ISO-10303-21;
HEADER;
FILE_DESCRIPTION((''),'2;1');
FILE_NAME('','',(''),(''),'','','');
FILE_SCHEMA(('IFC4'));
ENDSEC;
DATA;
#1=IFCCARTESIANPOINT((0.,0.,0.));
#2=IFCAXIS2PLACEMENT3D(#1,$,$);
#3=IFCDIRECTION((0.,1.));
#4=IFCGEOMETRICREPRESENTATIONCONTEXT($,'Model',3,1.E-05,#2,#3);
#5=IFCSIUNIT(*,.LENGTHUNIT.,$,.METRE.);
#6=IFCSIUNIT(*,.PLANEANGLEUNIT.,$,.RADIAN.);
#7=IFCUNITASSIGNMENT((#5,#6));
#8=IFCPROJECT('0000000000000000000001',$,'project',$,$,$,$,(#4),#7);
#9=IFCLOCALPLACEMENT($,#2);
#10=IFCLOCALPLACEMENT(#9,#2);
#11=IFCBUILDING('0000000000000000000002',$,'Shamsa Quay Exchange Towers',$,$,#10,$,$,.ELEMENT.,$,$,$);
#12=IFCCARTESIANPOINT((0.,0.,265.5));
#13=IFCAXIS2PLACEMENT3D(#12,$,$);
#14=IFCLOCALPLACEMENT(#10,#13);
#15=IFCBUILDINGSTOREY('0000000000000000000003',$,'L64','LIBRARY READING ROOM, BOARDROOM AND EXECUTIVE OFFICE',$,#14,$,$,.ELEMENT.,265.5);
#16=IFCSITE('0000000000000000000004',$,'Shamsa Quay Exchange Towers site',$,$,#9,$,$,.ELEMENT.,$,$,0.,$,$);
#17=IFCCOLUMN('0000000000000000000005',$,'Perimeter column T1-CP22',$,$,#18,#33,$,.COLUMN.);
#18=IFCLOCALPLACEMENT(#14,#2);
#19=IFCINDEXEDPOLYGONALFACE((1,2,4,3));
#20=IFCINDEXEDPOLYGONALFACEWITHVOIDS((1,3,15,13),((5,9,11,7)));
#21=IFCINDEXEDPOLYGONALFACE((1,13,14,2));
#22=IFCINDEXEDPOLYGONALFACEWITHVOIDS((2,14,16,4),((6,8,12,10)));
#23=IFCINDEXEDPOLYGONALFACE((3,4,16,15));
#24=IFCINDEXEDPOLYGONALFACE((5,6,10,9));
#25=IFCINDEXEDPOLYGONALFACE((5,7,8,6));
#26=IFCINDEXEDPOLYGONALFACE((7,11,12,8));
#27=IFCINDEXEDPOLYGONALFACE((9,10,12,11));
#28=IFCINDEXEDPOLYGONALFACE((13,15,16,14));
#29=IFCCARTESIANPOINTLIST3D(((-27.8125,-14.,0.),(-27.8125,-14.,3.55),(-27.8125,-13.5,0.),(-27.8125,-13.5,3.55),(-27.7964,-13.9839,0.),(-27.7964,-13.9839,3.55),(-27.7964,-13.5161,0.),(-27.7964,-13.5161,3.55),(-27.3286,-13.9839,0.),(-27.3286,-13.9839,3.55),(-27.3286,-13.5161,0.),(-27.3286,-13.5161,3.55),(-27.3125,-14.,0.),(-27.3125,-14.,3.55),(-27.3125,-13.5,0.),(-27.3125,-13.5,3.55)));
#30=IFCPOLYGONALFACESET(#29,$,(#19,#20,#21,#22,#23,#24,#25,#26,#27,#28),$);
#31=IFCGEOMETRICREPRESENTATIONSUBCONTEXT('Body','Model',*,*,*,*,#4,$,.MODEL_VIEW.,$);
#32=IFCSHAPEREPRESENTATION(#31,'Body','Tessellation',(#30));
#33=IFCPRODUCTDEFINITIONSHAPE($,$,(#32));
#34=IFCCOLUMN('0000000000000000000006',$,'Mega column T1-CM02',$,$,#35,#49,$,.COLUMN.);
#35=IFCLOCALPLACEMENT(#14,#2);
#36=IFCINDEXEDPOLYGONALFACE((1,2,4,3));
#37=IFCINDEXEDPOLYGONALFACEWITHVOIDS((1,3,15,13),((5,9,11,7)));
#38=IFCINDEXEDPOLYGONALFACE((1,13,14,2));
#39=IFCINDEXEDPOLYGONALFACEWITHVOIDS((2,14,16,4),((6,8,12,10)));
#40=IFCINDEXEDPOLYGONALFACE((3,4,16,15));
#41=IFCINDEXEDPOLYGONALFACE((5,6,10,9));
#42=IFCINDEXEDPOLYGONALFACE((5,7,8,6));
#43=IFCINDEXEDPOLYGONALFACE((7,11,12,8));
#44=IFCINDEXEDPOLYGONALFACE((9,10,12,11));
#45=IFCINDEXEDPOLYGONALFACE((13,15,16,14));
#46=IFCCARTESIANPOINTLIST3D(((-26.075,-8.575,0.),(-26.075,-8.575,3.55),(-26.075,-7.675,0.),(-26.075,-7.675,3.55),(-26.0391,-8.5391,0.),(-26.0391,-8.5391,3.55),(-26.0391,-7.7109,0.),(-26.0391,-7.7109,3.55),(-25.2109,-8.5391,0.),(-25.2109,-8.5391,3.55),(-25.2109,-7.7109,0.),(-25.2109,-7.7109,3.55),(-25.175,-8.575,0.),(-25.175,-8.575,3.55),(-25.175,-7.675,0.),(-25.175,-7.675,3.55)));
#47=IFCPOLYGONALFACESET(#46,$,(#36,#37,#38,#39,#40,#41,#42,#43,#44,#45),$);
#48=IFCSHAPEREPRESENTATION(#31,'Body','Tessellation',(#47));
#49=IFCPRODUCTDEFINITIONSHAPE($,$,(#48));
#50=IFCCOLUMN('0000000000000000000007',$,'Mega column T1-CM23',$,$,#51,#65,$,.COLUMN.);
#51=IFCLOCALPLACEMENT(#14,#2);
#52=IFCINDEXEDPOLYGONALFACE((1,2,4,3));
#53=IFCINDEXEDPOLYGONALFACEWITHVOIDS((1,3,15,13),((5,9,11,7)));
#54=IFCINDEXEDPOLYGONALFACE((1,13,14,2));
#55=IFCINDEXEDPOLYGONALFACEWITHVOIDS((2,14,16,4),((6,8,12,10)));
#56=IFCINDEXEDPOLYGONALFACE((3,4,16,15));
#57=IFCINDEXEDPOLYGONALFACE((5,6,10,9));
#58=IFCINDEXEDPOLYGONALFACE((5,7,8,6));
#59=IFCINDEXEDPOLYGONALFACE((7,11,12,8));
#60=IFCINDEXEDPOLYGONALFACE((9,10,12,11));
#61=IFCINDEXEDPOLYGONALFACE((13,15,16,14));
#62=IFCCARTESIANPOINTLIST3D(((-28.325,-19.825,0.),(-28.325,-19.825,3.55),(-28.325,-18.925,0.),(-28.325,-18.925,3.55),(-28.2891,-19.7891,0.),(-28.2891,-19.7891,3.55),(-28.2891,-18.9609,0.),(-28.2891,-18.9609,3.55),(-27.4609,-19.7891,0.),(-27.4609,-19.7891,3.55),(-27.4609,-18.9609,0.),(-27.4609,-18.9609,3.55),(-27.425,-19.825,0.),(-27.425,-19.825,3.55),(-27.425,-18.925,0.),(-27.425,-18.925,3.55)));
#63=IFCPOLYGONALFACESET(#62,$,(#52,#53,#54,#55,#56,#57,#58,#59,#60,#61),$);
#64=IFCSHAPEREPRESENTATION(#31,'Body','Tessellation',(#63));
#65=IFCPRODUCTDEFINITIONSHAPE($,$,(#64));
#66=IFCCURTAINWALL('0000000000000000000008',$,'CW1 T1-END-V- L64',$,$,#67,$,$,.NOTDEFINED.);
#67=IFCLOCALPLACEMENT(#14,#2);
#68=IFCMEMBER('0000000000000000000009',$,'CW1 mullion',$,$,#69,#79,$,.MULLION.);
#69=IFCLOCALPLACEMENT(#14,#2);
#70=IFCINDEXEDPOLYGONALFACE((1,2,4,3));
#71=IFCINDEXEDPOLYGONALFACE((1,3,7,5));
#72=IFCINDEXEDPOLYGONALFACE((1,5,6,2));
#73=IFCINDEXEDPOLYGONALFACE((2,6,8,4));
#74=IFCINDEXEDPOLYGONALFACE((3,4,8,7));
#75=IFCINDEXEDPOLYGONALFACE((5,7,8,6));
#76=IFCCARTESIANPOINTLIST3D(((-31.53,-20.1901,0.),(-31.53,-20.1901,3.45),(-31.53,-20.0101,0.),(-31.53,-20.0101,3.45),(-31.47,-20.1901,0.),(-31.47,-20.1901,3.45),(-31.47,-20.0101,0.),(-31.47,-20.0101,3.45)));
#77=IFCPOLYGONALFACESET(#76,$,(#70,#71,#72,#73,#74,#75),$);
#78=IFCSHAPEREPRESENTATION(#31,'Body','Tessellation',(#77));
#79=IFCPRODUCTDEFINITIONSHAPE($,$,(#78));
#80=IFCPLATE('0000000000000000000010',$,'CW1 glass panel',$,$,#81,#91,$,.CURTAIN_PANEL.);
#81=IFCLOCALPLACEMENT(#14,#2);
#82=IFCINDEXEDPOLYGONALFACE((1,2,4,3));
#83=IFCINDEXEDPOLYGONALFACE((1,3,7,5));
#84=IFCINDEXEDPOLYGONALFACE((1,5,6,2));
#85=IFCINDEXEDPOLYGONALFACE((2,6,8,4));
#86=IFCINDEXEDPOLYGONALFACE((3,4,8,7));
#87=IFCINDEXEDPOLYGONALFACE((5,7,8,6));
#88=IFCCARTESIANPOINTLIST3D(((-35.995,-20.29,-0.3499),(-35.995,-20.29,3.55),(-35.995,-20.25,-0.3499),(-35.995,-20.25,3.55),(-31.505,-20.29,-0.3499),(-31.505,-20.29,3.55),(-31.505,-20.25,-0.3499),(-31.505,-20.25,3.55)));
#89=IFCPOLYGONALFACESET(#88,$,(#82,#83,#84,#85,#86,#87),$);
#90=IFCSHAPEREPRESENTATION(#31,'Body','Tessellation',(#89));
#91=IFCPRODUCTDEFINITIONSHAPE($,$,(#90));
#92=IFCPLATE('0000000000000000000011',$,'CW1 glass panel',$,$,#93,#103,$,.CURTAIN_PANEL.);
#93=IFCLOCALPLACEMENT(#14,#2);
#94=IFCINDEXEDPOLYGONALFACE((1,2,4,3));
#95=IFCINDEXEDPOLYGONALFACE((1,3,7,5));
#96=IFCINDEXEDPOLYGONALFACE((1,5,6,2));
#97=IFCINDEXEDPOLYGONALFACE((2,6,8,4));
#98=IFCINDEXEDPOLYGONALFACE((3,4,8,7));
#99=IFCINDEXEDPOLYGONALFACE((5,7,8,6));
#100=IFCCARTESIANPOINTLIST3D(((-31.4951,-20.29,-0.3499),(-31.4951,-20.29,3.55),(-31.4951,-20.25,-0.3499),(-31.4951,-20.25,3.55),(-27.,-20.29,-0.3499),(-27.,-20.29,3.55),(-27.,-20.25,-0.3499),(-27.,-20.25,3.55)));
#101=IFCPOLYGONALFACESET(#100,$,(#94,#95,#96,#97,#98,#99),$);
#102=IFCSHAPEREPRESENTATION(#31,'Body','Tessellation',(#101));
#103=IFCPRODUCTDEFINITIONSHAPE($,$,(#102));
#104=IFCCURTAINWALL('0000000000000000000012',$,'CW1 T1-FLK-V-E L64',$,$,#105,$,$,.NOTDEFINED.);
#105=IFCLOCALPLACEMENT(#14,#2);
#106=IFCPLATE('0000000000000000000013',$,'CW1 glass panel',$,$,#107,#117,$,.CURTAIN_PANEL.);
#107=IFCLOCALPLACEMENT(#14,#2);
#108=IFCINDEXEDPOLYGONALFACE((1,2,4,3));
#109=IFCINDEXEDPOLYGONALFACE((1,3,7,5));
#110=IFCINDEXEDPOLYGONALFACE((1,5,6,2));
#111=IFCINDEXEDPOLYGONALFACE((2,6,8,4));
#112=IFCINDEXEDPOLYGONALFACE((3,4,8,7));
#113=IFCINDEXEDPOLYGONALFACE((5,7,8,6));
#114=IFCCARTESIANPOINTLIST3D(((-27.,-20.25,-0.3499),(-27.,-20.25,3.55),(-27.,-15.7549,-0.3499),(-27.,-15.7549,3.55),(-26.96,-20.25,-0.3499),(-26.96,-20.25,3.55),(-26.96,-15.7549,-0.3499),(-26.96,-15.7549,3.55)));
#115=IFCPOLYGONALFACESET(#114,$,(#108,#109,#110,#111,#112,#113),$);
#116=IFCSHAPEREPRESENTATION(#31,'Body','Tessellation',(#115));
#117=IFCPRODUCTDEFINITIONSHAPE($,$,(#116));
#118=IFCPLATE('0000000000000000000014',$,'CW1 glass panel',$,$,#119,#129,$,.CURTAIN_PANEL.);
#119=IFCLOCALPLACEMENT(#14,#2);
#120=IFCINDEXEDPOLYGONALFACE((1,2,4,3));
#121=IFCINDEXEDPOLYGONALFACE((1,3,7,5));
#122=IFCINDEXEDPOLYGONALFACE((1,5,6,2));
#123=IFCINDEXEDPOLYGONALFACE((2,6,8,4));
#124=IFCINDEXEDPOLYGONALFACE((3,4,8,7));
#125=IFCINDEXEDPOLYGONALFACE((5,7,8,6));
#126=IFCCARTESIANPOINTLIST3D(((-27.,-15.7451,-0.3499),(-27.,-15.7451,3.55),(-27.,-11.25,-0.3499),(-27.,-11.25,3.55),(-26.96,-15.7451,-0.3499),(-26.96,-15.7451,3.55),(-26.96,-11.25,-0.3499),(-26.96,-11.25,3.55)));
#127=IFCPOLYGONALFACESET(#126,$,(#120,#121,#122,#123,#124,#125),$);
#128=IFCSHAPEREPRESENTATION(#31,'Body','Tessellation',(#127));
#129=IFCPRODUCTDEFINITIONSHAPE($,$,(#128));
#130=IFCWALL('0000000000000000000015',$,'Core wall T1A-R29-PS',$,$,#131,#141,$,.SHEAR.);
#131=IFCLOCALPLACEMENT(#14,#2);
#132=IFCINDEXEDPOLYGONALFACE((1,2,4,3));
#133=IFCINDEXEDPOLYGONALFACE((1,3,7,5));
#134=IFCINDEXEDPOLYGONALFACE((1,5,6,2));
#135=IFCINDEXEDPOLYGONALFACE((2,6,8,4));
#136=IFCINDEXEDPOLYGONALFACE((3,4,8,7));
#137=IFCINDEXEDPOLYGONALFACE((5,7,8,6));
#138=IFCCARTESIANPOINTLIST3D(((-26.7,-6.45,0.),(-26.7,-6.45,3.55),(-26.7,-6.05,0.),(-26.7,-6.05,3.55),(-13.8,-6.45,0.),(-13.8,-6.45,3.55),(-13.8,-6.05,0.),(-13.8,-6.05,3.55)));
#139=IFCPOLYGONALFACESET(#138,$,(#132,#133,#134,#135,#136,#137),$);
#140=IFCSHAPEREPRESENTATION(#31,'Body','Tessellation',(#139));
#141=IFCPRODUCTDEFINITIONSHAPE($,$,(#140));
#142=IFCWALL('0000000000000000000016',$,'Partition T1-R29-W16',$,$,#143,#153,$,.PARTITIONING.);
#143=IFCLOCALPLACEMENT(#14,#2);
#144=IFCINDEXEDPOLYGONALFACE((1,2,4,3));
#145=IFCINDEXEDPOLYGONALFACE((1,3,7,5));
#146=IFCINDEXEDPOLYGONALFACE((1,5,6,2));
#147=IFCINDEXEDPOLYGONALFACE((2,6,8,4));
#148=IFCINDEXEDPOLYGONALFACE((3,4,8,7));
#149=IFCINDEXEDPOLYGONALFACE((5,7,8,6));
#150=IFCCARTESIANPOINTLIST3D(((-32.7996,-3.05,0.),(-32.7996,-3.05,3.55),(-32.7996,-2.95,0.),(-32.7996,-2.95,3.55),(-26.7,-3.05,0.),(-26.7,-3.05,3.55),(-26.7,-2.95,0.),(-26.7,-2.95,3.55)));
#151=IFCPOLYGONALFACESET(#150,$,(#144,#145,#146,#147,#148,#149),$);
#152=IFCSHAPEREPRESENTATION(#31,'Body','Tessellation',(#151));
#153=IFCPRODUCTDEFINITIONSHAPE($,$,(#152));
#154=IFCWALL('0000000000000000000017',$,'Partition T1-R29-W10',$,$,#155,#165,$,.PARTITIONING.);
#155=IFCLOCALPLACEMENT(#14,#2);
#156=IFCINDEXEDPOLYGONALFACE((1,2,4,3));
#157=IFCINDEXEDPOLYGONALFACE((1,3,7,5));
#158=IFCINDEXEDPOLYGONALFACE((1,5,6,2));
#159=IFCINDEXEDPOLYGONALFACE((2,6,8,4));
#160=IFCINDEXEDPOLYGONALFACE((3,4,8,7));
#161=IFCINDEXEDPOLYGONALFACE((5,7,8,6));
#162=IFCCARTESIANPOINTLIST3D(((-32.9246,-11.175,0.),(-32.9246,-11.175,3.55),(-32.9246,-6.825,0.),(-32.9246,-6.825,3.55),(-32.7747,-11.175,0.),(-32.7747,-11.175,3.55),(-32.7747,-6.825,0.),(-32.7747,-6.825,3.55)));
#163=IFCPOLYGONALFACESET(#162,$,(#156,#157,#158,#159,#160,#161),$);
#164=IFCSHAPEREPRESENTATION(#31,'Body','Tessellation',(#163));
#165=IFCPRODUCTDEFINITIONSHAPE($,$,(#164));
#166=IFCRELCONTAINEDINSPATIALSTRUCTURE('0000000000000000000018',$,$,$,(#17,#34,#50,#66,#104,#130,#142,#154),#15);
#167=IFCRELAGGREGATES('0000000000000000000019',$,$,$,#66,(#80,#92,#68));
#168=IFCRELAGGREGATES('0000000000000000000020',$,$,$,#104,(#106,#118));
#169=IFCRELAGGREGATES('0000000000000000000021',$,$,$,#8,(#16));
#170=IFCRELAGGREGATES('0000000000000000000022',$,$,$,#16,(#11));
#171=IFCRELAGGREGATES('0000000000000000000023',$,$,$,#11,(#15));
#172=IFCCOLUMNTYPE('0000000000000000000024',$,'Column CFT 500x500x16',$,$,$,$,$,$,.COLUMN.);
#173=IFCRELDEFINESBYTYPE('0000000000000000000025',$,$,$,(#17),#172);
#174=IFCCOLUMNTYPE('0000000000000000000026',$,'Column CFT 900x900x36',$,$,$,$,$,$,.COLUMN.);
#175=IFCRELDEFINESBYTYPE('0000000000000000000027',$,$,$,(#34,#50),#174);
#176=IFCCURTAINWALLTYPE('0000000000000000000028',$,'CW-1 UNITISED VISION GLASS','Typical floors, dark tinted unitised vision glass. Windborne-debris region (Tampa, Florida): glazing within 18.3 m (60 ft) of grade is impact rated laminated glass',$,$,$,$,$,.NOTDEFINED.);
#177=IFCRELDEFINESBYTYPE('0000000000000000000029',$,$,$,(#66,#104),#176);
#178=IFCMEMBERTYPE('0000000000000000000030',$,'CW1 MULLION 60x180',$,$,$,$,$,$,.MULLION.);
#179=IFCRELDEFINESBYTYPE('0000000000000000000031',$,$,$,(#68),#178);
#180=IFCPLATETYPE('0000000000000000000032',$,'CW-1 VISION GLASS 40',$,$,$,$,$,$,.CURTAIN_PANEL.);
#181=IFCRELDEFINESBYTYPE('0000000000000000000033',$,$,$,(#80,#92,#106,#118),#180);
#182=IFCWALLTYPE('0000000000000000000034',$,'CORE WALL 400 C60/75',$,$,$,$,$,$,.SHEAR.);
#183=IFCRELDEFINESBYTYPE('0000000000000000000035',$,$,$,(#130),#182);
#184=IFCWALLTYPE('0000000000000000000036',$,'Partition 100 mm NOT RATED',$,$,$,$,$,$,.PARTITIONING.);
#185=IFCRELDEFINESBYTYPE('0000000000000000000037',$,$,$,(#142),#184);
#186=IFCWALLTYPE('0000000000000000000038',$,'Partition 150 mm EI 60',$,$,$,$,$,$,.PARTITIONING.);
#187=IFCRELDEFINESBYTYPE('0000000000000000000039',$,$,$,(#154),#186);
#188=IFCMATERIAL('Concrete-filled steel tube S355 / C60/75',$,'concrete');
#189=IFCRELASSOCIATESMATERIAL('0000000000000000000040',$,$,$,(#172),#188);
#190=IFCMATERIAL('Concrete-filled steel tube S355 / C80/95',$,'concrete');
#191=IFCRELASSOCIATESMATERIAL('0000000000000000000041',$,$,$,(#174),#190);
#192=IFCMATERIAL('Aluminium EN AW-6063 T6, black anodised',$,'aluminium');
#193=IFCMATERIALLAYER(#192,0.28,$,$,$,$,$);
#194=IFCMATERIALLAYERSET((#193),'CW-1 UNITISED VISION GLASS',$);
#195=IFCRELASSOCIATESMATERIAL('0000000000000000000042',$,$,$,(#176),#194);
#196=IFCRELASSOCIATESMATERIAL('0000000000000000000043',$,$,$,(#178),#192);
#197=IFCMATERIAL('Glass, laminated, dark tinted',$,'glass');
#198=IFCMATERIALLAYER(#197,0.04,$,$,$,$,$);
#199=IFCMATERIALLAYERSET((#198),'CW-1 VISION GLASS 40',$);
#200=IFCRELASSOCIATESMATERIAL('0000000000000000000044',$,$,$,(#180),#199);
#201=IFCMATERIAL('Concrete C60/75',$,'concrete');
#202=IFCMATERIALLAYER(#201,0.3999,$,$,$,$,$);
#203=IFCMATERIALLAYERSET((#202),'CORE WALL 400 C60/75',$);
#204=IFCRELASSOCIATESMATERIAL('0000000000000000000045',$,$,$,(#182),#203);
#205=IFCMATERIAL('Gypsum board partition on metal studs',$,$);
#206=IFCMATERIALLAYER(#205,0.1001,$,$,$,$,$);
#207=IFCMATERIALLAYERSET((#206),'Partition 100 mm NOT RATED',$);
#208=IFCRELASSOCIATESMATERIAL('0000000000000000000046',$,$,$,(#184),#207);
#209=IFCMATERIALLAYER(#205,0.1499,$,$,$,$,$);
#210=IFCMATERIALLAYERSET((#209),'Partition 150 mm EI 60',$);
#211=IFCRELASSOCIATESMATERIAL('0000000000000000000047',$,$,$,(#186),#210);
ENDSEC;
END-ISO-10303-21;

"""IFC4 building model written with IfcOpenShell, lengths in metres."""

from ifc_helpers import new_model, si_unit, direction, frame, frame_2d, origin, origin_2d, place, context, subcontext, project, spatial, rectangle, hollow_rectangle, extrude, material, layer, layer_set, material_profile, profile_set, type_object, element, aggregate, save


model = new_model("IFC4")

# Units and contexts
model_context = context("Model", 3, precision=1e-05, world=origin(), true_north=direction((0.0, 1.0)))
body_context = subcontext(model_context, "Body", "Model", "MODEL_VIEW")
ifc_project = project(units=[si_unit("LENGTHUNIT", "METRE"), si_unit("PLANEANGLEUNIT", "RADIAN")], contexts=[model_context])

# Site, building, storey
site_placement = place(None, origin())
site = spatial("IfcSite", under=ifc_project, at=site_placement, Name="Shamsa Quay Exchange Towers site", CompositionType="ELEMENT", RefElevation=0.0)
building_placement = place(site_placement, origin())
building = spatial("IfcBuilding", under=site, at=building_placement, Name="Shamsa Quay Exchange Towers", CompositionType="ELEMENT")
storey_placement = place(building_placement, frame((0.0, 0.0, 265.5)))
storey = spatial("IfcBuildingStorey", under=building, at=storey_placement, Name="L64", Description="LIBRARY READING ROOM, BOARDROOM AND EXECUTIVE OFFICE", CompositionType="ELEMENT", Elevation=265.5)

# Columns
ifc_material_1 = material(Name="Concrete-filled steel tube S355 / C60/75", Category="concrete")
ifc_material_profile_1 = material_profile(ifc_material_1, hollow_rectangle(XDim=0.5, YDim=0.5, WallThickness=0.0161, at=origin_2d()), Name="CFT 500x500x16")
ifc_profile_set_1 = profile_set([ifc_material_profile_1], Name="Concrete-filled steel tube S355 / C60/75")
column_type_1 = type_object("IfcColumnType", Name="Column CFT 500x500x16", PredefinedType="COLUMN", material=ifc_profile_set_1)
column_placement = place(storey_placement, frame((-27.5625, -13.75, 0.0)))
element("IfcColumn", 1, at=column_placement, inside=storey, type_object=column_type_1, Name="Perimeter column T1-CP22", PredefinedType="COLUMN", context=body_context, shape_type="SweptSolid", body=[
    extrude(hollow_rectangle(XDim=0.5, YDim=0.5, WallThickness=0.0161, at=origin_2d()), origin(), (0.0, 0.0, 1.0), 3.55),
])
ifc_material_2 = material(Name="Concrete-filled steel tube S355 / C80/95", Category="concrete")
ifc_material_profile_2 = material_profile(ifc_material_2, hollow_rectangle(XDim=0.8999, YDim=0.8999, WallThickness=0.0359, at=origin_2d()), Name="CFT 900x900x36")
ifc_profile_set_2 = profile_set([ifc_material_profile_2], Name="Concrete-filled steel tube S355 / C80/95")
column_type_2 = type_object("IfcColumnType", Name="Column CFT 900x900x36", PredefinedType="COLUMN", material=ifc_profile_set_2)
for number, where, name in (
    (2, (-25.625, -8.125, 0.0), "Mega column T1-CM02"),
    (3, (-27.875, -19.375, 0.0), "Mega column T1-CM23"),
):
    element("IfcColumn", number, at=place(storey_placement, frame(where)), inside=storey, type_object=column_type_2, Name=name, PredefinedType="COLUMN", context=body_context, shape_type="SweptSolid", body=[
        extrude(hollow_rectangle(XDim=0.8999, YDim=0.8999, WallThickness=0.0359, at=origin_2d()), origin(), (0.0, 0.0, 1.0), 3.55),
    ])

# Curtain wall, member, plates
ifc_material_3 = material(Name="Aluminium EN AW-6063 T6, black anodised", Category="aluminium")
ifc_layer_1 = layer(ifc_material_3, 0.28)
ifc_layer_set_1 = layer_set([ifc_layer_1], Name="CW-1 UNITISED VISION GLASS")
curtain_wall_type = type_object("IfcCurtainWallType", Name="CW-1 UNITISED VISION GLASS", Description="Typical floors, dark tinted unitised vision glass. Windborne-debris region (Tampa, Florida): glazing within 18.3 m (60 ft) of grade is impact rated laminated glass", PredefinedType="NOTDEFINED", material=ifc_layer_set_1)
curtain_wall_1_placement = place(storey_placement, origin())
curtain_wall_1 = element("IfcCurtainWall", 4, at=curtain_wall_1_placement, inside=storey, type_object=curtain_wall_type, Name="CW1 T1-END-V- L64", PredefinedType="NOTDEFINED")
ifc_material_profile_3 = material_profile(ifc_material_3, rectangle(XDim=0.1799, YDim=0.0601, at=origin_2d()), Name="MU60x180")
ifc_profile_set_3 = profile_set([ifc_material_profile_3], Name="Aluminium EN AW-6063 T6, black anodised")
member_type = type_object("IfcMemberType", Name="CW1 MULLION 60x180", PredefinedType="MULLION", material=ifc_profile_set_3)
member_placement = place(storey_placement, frame((-31.5, -20.1001, 0.0), z_axis=(0.0, 0.0, 1.0), x_axis=(0.0, 1.0, 0.0)))
member = element("IfcMember", 5, at=member_placement, type_object=member_type, Name="CW1 mullion", PredefinedType="MULLION", context=body_context, shape_type="SweptSolid", body=[
    extrude(rectangle(XDim=0.1799, YDim=0.0601, at=origin_2d()), origin(), (0.0, 0.0, 1.0), 3.45),
])
ifc_material_4 = material(Name="Glass, laminated, dark tinted", Category="glass")
ifc_layer_2 = layer(ifc_material_4, 0.04)
ifc_layer_set_2 = layer_set([ifc_layer_2], Name="CW-1 VISION GLASS 40")
plate_type = type_object("IfcPlateType", Name="CW-1 VISION GLASS 40", PredefinedType="CURTAIN_PANEL", material=ifc_layer_set_2)
plate_1_placement = place(storey_placement, frame((-33.75, -20.27, -0.3499)))
plate_1 = element("IfcPlate", 6, at=plate_1_placement, type_object=plate_type, Name="CW1 glass panel", PredefinedType="CURTAIN_PANEL", context=body_context, shape_type="SweptSolid", body=[
    extrude(rectangle(XDim=4.49, YDim=0.04, at=origin_2d()), origin(), (0.0, 0.0, 1.0), 3.8999),
])
plate_2_placement = place(storey_placement, frame((-29.2476, -20.27, -0.3499)))
plate_2 = element("IfcPlate", 7, at=plate_2_placement, type_object=plate_type, Name="CW1 glass panel", PredefinedType="CURTAIN_PANEL", context=body_context, shape_type="SweptSolid", body=[
    extrude(rectangle(XDim=4.4951, YDim=0.04, at=origin_2d()), origin(), (0.0, 0.0, 1.0), 3.8999),
])
aggregate(curtain_wall_1, [plate_1, plate_2, member])

# Curtain wall, plates
curtain_wall_2_placement = place(storey_placement, origin())
curtain_wall_2 = element("IfcCurtainWall", 8, at=curtain_wall_2_placement, inside=storey, type_object=curtain_wall_type, Name="CW1 T1-FLK-V-E L64", PredefinedType="NOTDEFINED")
plate_3_placement = place(storey_placement, frame((-26.98, -18.0024, -0.3499), z_axis=(0.0, 0.0, 1.0), x_axis=(0.0, 1.0, 0.0)))
plate_3 = element("IfcPlate", 9, at=plate_3_placement, type_object=plate_type, Name="CW1 glass panel", PredefinedType="CURTAIN_PANEL", context=body_context, shape_type="SweptSolid", body=[
    extrude(rectangle(XDim=4.4951, YDim=0.04, at=origin_2d()), origin(), (0.0, 0.0, 1.0), 3.8999),
])
plate_4_placement = place(storey_placement, frame((-26.98, -13.4976, -0.3499), z_axis=(0.0, 0.0, 1.0), x_axis=(0.0, 1.0, 0.0)))
plate_4 = element("IfcPlate", 10, at=plate_4_placement, type_object=plate_type, Name="CW1 glass panel", PredefinedType="CURTAIN_PANEL", context=body_context, shape_type="SweptSolid", body=[
    extrude(rectangle(XDim=4.4951, YDim=0.04, at=origin_2d()), origin(), (0.0, 0.0, 1.0), 3.8999),
])
aggregate(curtain_wall_2, [plate_3, plate_4])

# Walls
ifc_material_5 = material(Name="Concrete C60/75", Category="concrete")
ifc_layer_3 = layer(ifc_material_5, 0.3999)
ifc_layer_set_3 = layer_set([ifc_layer_3], Name="CORE WALL 400 C60/75")
wall_type_1 = type_object("IfcWallType", Name="CORE WALL 400 C60/75", PredefinedType="SHEAR", material=ifc_layer_set_3)
wall_1_placement = place(storey_placement, frame((-26.7, -6.25, 0.0)))
element("IfcWall", 11, at=wall_1_placement, inside=storey, type_object=wall_type_1, Name="Core wall T1A-R29-PS", PredefinedType="SHEAR", context=body_context, shape_type="SweptSolid", body=[
    extrude(rectangle(XDim=12.8999, YDim=0.3999, at=frame_2d((6.45, 0.0))), origin(), (0.0, 0.0, 1.0), 3.55),
])
ifc_material_6 = material(Name="Gypsum board partition on metal studs")
ifc_layer_4 = layer(ifc_material_6, 0.1001)
ifc_layer_set_4 = layer_set([ifc_layer_4], Name="Partition 100 mm NOT RATED")
wall_type_2 = type_object("IfcWallType", Name="Partition 100 mm NOT RATED", PredefinedType="PARTITIONING", material=ifc_layer_set_4)
wall_2_placement = place(storey_placement, frame((-26.7, -3.0, 0.0), z_axis=(0.0, 0.0, 1.0), x_axis=(-1.0, 0.0, 0.0)))
element("IfcWall", 12, at=wall_2_placement, inside=storey, type_object=wall_type_2, Name="Partition T1-R29-W16", PredefinedType="PARTITIONING", context=body_context, shape_type="SweptSolid", body=[
    extrude(rectangle(XDim=6.0996, YDim=0.1001, at=frame_2d((3.0498, 0.0))), origin(), (0.0, 0.0, 1.0), 3.55),
])
ifc_layer_5 = layer(ifc_material_6, 0.1499)
ifc_layer_set_5 = layer_set([ifc_layer_5], Name="Partition 150 mm EI 60")
wall_type_3 = type_object("IfcWallType", Name="Partition 150 mm EI 60", PredefinedType="PARTITIONING", material=ifc_layer_set_5)
wall_3_placement = place(storey_placement, frame((-32.8496, -6.825, 0.0), z_axis=(0.0, 0.0, 1.0), x_axis=(0.0, -1.0, 0.0)))
element("IfcWall", 13, at=wall_3_placement, inside=storey, type_object=wall_type_3, Name="Partition T1-R29-W10", PredefinedType="PARTITIONING", context=body_context, shape_type="SweptSolid", body=[
    extrude(rectangle(XDim=4.3501, YDim=0.1499, at=frame_2d((2.175, 0.0))), origin(), (0.0, 0.0, 1.0), 3.55),
])

save(model, "model.ifc")
